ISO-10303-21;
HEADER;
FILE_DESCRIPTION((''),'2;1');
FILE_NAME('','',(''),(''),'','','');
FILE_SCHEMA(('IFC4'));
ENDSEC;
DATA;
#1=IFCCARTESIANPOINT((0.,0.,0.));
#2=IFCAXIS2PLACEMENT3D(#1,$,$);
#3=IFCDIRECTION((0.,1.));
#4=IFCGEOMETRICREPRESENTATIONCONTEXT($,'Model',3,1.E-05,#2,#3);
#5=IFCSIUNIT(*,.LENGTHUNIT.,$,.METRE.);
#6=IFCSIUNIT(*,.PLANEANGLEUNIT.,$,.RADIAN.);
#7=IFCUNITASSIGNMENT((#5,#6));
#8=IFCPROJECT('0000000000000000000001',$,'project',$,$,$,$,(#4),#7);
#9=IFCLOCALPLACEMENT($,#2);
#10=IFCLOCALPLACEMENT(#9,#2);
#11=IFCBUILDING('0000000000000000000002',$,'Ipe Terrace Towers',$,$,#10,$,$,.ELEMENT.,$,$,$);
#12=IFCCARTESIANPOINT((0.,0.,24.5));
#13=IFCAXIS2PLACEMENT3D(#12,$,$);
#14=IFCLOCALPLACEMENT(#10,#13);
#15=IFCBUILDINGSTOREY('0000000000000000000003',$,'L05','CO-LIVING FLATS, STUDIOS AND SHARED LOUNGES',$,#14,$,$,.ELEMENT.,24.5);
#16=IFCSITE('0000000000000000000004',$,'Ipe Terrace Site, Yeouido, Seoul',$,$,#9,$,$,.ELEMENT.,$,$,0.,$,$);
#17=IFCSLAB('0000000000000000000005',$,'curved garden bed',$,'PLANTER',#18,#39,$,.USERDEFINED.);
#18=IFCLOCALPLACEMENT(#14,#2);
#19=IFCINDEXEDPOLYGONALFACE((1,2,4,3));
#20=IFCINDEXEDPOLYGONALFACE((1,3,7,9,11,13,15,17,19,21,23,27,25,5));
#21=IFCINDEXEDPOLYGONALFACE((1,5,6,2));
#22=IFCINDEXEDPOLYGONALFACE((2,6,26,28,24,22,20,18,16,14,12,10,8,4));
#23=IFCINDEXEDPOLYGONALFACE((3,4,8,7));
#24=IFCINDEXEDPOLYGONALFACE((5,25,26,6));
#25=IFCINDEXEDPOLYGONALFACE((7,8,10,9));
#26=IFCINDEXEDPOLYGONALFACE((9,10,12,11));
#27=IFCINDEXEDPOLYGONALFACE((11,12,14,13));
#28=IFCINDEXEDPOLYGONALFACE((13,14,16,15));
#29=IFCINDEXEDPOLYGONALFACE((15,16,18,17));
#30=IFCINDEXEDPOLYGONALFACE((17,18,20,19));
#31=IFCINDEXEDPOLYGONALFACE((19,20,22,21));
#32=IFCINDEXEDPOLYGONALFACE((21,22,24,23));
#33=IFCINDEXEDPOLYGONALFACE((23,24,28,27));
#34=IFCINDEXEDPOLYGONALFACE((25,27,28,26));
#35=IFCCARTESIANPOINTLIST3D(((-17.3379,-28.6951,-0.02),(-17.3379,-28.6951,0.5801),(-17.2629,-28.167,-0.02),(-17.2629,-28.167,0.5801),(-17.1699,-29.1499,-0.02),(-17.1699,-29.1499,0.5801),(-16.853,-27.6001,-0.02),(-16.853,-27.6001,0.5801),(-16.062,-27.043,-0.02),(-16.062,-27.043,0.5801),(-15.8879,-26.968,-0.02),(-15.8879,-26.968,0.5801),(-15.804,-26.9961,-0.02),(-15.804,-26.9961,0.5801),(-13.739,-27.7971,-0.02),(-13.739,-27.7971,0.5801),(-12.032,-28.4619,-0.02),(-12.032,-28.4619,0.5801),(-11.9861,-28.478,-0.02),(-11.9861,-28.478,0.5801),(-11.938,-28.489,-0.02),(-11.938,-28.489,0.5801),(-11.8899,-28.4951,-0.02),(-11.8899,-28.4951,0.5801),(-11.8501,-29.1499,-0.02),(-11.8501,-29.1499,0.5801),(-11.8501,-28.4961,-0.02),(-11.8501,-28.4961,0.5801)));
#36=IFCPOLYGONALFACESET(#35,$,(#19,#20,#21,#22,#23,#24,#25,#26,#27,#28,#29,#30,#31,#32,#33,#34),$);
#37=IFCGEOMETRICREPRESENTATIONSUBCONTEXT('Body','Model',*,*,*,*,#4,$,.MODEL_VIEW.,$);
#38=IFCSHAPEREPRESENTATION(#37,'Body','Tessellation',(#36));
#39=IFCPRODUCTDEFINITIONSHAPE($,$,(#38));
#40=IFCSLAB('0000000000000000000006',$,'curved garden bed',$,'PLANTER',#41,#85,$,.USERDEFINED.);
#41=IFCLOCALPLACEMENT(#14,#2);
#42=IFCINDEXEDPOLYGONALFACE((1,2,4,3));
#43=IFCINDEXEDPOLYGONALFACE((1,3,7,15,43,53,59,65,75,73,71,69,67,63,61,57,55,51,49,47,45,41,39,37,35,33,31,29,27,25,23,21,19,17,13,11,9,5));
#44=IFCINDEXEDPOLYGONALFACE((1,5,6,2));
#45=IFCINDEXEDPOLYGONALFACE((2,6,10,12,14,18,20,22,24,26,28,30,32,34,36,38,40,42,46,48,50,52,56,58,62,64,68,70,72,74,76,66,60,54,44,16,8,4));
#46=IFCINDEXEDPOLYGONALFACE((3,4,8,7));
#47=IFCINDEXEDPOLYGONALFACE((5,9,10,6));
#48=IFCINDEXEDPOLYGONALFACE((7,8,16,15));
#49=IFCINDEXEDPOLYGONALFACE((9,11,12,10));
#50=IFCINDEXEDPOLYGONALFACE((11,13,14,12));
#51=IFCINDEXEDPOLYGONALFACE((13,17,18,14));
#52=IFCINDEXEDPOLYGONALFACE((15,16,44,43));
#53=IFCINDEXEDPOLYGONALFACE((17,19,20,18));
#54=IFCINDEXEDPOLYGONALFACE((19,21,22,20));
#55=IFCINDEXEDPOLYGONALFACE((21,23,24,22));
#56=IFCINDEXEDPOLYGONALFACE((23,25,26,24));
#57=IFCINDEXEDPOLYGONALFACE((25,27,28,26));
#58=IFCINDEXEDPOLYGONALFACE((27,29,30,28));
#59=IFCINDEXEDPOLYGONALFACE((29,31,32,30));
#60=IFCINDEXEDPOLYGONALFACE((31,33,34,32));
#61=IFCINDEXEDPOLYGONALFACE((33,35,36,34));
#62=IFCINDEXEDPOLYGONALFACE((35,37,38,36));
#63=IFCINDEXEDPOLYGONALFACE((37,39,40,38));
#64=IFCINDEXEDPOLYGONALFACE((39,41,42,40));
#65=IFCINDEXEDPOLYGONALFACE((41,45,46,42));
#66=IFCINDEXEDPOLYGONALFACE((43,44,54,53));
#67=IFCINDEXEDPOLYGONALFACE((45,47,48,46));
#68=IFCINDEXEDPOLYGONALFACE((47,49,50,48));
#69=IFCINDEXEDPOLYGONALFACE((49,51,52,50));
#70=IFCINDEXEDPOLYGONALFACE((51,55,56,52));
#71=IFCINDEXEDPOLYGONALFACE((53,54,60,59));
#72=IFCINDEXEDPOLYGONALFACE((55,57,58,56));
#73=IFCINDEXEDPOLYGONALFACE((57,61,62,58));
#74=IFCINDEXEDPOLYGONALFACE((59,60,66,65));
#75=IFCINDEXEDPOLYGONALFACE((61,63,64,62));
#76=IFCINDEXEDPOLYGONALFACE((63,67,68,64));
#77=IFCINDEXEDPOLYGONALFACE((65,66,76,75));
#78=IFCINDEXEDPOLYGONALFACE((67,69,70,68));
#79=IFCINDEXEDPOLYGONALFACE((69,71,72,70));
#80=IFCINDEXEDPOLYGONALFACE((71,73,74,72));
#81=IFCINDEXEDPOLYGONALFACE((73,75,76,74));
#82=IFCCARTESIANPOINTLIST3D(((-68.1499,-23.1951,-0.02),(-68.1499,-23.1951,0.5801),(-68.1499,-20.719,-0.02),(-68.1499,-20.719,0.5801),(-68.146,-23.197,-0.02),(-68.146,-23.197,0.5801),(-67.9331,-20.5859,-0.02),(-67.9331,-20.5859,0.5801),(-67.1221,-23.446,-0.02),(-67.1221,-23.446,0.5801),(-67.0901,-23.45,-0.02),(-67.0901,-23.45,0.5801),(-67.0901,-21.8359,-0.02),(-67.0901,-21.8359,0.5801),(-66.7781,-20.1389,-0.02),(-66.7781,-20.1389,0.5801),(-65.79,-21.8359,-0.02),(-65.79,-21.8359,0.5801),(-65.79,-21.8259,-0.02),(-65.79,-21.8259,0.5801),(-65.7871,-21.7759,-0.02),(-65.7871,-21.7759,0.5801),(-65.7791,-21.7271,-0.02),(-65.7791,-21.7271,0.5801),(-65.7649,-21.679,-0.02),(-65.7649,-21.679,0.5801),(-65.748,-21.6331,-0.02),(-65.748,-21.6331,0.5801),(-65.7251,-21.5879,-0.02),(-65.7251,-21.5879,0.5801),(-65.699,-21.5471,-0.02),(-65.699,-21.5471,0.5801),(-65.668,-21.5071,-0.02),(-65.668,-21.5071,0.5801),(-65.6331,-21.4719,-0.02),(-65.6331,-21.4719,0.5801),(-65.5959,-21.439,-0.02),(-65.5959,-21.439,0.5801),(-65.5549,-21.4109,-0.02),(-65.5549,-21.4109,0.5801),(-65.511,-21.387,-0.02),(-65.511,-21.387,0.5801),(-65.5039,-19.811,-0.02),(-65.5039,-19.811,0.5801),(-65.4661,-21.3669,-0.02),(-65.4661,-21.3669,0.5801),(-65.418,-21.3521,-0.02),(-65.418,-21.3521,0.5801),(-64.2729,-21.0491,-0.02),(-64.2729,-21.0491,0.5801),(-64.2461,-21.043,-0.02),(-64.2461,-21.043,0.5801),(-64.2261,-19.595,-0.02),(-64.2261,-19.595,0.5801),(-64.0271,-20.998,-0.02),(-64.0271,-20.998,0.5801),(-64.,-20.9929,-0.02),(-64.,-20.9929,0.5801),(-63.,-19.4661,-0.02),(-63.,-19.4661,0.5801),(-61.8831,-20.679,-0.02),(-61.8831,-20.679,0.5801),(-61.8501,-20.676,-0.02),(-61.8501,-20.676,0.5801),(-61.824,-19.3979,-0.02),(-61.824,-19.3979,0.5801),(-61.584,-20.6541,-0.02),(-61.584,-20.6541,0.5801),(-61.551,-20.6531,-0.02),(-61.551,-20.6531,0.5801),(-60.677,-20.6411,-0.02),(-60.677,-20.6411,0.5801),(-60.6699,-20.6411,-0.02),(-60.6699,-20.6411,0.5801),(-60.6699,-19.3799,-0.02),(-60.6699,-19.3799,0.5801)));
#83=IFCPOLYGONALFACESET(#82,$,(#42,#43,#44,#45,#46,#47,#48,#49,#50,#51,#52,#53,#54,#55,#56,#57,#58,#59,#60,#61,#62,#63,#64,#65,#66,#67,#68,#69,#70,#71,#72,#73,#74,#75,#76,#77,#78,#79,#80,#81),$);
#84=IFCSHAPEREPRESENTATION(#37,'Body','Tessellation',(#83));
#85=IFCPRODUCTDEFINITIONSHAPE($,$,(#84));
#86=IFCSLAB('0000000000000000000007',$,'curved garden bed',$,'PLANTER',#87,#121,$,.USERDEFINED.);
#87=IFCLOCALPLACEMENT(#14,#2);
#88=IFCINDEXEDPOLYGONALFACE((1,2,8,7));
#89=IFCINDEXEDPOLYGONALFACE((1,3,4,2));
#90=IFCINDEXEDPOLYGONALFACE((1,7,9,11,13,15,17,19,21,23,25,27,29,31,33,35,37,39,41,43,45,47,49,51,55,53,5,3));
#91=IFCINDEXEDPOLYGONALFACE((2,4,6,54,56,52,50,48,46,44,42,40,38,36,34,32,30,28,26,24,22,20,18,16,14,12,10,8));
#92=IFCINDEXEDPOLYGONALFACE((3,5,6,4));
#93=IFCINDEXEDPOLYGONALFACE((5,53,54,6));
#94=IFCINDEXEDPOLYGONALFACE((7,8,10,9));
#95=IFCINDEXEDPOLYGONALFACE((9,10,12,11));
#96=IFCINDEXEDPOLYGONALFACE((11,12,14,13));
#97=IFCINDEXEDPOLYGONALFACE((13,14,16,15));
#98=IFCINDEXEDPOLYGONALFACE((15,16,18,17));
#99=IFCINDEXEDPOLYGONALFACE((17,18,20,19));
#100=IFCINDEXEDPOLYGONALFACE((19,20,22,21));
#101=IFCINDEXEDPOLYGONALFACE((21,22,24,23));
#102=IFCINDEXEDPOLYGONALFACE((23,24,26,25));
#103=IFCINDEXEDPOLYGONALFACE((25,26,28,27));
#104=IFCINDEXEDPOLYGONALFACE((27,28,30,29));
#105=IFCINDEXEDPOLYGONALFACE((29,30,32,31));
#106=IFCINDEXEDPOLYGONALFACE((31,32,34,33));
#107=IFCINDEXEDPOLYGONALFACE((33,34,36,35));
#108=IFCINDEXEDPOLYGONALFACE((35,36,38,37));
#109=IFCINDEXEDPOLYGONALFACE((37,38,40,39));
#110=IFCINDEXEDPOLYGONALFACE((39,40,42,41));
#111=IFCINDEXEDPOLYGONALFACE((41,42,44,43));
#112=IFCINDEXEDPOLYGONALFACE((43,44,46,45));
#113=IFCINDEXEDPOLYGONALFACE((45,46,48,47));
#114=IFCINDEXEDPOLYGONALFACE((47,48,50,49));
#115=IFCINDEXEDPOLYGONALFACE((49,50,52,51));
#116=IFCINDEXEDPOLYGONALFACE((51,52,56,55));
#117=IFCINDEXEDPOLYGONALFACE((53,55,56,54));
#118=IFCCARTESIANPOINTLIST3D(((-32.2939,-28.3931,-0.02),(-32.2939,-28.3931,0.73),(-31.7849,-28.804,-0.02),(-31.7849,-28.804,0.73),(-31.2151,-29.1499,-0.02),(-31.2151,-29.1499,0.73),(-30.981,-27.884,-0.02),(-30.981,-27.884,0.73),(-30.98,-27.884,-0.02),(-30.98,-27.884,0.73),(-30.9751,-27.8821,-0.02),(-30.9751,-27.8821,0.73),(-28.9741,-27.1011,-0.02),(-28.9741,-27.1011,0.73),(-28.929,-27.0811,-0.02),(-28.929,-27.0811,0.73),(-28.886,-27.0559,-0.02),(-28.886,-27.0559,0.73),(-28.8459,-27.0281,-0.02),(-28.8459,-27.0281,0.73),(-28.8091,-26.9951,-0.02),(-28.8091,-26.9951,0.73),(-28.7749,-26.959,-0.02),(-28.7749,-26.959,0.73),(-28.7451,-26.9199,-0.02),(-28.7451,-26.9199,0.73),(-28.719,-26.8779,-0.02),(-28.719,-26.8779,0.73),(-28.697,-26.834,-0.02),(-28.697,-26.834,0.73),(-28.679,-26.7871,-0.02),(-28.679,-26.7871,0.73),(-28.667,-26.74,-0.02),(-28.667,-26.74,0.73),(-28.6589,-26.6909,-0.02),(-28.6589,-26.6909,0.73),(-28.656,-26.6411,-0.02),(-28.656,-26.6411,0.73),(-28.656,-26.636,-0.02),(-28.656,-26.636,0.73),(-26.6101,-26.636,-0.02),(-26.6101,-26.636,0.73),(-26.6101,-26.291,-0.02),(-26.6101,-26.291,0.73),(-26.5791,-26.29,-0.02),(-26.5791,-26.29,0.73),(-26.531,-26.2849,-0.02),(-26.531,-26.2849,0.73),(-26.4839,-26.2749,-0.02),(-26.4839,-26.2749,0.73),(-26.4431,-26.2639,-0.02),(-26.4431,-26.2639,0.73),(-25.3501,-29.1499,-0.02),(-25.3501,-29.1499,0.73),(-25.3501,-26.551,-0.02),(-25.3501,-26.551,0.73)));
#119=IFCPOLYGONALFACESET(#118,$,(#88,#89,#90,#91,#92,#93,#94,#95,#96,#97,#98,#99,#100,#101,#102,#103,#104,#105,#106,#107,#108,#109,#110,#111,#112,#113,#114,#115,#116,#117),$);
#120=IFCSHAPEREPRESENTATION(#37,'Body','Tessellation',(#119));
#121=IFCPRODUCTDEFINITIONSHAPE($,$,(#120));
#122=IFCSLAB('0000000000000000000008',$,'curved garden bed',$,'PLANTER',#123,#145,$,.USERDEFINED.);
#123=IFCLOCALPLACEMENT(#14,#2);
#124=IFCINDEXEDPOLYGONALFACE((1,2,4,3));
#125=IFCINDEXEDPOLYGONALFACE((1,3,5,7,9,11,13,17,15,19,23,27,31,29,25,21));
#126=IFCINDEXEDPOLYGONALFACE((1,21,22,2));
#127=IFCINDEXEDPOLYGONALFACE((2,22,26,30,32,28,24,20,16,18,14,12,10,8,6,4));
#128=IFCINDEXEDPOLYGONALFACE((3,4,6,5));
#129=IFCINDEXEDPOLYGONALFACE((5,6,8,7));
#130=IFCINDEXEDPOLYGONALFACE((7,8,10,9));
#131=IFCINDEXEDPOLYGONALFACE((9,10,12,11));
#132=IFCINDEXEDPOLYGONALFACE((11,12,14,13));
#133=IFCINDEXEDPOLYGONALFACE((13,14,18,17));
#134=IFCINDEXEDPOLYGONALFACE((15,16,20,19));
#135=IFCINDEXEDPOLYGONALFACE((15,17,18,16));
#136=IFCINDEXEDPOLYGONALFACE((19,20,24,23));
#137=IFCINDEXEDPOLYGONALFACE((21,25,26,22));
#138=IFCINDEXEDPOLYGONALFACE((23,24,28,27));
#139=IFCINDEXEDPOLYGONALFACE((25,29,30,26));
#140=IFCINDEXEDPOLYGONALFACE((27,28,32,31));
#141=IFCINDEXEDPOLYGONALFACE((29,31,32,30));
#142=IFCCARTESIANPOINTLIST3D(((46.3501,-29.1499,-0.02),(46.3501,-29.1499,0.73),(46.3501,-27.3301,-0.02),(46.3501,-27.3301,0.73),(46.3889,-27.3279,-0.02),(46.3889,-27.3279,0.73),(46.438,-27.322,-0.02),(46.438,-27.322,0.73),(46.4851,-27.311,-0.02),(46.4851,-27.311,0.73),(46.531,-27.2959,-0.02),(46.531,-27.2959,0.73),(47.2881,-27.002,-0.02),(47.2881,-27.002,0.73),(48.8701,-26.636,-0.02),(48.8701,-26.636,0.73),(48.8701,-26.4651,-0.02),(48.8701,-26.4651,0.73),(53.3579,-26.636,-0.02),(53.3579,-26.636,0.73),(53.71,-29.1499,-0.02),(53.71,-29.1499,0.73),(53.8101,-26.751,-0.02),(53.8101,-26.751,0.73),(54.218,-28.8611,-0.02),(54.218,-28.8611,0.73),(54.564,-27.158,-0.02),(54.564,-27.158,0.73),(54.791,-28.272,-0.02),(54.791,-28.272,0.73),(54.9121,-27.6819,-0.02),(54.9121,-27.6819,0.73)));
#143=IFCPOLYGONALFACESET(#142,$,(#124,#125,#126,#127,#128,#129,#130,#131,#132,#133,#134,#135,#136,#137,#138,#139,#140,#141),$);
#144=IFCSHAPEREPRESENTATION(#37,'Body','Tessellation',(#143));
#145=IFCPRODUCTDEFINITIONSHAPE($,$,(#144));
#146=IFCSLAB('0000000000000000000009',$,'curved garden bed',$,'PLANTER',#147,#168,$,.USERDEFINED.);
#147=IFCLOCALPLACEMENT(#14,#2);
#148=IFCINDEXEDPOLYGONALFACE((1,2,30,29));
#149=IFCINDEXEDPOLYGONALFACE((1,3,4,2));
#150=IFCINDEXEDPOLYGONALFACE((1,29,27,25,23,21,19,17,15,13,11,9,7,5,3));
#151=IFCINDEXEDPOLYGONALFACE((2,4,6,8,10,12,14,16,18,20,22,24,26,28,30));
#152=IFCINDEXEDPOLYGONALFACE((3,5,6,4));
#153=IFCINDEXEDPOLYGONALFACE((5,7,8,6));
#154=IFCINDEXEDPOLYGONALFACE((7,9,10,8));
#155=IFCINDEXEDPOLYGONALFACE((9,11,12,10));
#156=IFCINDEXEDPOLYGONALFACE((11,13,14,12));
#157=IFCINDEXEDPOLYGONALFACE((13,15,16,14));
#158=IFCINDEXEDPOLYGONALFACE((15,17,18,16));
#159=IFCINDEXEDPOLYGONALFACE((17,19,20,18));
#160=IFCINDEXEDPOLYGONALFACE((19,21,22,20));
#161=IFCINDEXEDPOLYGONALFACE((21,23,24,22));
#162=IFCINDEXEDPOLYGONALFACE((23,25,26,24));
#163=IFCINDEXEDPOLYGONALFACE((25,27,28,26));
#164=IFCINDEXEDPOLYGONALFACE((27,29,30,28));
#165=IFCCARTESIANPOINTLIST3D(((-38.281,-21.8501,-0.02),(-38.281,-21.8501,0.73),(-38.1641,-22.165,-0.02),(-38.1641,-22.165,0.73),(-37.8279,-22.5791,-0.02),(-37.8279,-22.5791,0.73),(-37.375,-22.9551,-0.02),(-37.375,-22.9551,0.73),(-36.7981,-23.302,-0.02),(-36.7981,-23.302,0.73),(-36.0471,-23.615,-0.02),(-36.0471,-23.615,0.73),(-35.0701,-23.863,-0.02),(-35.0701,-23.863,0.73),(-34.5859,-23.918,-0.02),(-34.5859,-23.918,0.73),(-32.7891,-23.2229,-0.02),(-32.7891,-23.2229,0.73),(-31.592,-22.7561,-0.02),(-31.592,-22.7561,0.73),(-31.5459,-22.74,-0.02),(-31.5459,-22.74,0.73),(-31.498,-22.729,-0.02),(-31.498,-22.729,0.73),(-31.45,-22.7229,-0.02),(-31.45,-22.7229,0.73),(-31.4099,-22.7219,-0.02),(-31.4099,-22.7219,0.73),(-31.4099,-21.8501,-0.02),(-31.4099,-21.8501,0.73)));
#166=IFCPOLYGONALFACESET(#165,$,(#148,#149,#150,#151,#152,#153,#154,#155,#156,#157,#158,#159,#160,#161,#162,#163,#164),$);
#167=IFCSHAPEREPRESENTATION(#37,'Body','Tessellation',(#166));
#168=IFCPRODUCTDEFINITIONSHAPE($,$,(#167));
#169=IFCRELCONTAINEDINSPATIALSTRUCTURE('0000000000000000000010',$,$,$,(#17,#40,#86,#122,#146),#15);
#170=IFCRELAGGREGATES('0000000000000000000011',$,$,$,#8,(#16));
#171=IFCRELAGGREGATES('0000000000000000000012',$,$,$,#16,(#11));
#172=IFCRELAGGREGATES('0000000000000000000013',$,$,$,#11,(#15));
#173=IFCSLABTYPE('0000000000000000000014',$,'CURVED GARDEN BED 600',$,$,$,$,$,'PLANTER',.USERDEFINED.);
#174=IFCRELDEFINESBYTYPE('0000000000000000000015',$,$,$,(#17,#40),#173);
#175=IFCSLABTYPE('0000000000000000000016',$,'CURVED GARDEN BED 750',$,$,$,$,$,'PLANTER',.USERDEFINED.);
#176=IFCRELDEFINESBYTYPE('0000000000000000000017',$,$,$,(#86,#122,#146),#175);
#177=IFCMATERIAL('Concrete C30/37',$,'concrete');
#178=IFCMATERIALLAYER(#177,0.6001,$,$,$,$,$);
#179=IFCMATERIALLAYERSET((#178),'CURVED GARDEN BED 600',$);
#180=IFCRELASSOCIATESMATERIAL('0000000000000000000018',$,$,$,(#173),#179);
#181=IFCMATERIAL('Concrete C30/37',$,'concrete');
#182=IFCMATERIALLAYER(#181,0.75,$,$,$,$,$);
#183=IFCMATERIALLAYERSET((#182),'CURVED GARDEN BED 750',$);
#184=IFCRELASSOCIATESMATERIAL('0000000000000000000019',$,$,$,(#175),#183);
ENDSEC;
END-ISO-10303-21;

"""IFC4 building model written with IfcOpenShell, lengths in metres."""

from ifc_helpers import new_model, si_unit, direction, frame, origin, place, context, subcontext, project, spatial, polyline, outline, extrude, material, layer, layer_set, type_object, element, save


model = new_model("IFC4")

# Units and contexts
model_context = context("Model", 3, precision=1e-05, world=origin(), true_north=direction((0.0, 1.0)))
body_context = subcontext(model_context, "Body", "Model", "MODEL_VIEW")
ifc_project = project(units=[si_unit("LENGTHUNIT", "METRE"), si_unit("PLANEANGLEUNIT", "RADIAN")], contexts=[model_context])

# Site, building, storey
site_placement = place(None, origin())
site = spatial("IfcSite", under=ifc_project, at=site_placement, Name="Ipe Terrace Site, Yeouido, Seoul", CompositionType="ELEMENT", RefElevation=0.0)
building_placement = place(site_placement, origin())
building = spatial("IfcBuilding", under=site, at=building_placement, Name="Ipe Terrace Towers", CompositionType="ELEMENT")
storey_placement = place(building_placement, frame((0.0, 0.0, 24.5)))
storey = spatial("IfcBuildingStorey", under=building, at=storey_placement, Name="L05", Description="CO-LIVING FLATS, STUDIOS AND SHARED LOUNGES", CompositionType="ELEMENT", Elevation=24.5)

# Slabs
ifc_material_1 = material(Name="Concrete C30/37", Category="concrete")
ifc_layer_1 = layer(ifc_material_1, 0.6001)
ifc_layer_set_1 = layer_set([ifc_layer_1], Name="CURVED GARDEN BED 600")
slab_type_1 = type_object("IfcSlabType", Name="CURVED GARDEN BED 600", ElementType="PLANTER", PredefinedType="USERDEFINED", material=ifc_layer_set_1)
slab_1_placement = place(storey_placement, frame((0.0, 0.0, -0.02)))
element("IfcSlab", 1, at=slab_1_placement, inside=storey, type_object=slab_type_1, Name="curved garden bed", ObjectType="PLANTER", PredefinedType="USERDEFINED", context=body_context, shape_type="SweptSolid", body=[
    extrude(outline(polyline([(-16.853, -27.6001), (-16.062, -27.043), (-15.8879, -26.968), (-15.804, -26.9961), (-13.739, -27.7971), (-12.032, -28.4619), (-11.9861, -28.478), (-11.938, -28.489), (-11.8899, -28.4951), (-11.8501, -28.4961), (-11.8501, -29.1499), (-17.1699, -29.1499), (-17.3379, -28.6951), (-17.2629, -28.167), (-16.853, -27.6001)])), origin(), (0.0, 0.0, 1.0), 0.6001),
])
slab_2_placement = place(storey_placement, frame((0.0, 0.0, -0.02)))
element("IfcSlab", 2, at=slab_2_placement, inside=storey, type_object=slab_type_1, Name="curved garden bed", ObjectType="PLANTER", PredefinedType="USERDEFINED", context=body_context, shape_type="SweptSolid", body=[
    extrude(outline(polyline([(-65.5039, -19.811), (-64.2261, -19.595), (-63.0, -19.4661), (-61.824, -19.3979), (-60.6699, -19.3799), (-60.6699, -20.6411), (-60.677, -20.6411), (-61.551, -20.6531), (-61.584, -20.6541), (-61.8501, -20.676), (-61.8831, -20.679), (-64.0, -20.9929), (-64.0271, -20.998), (-64.2461, -21.043), (-64.2729, -21.0491), (-65.418, -21.3521), (-65.4661, -21.3669), (-65.511, -21.387), (-65.5549, -21.4109), (-65.5959, -21.439), (-65.6331, -21.4719), (-65.668, -21.5071), (-65.699, -21.5471), (-65.7251, -21.5879), (-65.748, -21.6331), (-65.7649, -21.679), (-65.7791, -21.7271), (-65.7871, -21.7759), (-65.79, -21.8259), (-65.79, -21.8359), (-67.0901, -21.8359), (-67.0901, -23.45), (-67.1221, -23.446), (-68.146, -23.197), (-68.1499, -23.1951), (-68.1499, -20.719), (-67.9331, -20.5859), (-66.7781, -20.1389), (-65.5039, -19.811)])), origin(), (0.0, 0.0, 1.0), 0.6001),
])
ifc_material_2 = material(Name="Concrete C30/37", Category="concrete")
ifc_layer_2 = layer(ifc_material_2, 0.75)
ifc_layer_set_2 = layer_set([ifc_layer_2], Name="CURVED GARDEN BED 750")
slab_type_2 = type_object("IfcSlabType", Name="CURVED GARDEN BED 750", ElementType="PLANTER", PredefinedType="USERDEFINED", material=ifc_layer_set_2)
slab_3_placement = place(storey_placement, frame((0.0, 0.0, -0.02)))
element("IfcSlab", 3, at=slab_3_placement, inside=storey, type_object=slab_type_2, Name="curved garden bed", ObjectType="PLANTER", PredefinedType="USERDEFINED", context=body_context, shape_type="SweptSolid", body=[
    extrude(outline(polyline([(-25.3501, -29.1499), (-31.2151, -29.1499), (-31.7849, -28.804), (-32.2939, -28.3931), (-30.981, -27.884), (-30.98, -27.884), (-30.9751, -27.8821), (-30.9751, -27.8821), (-28.9741, -27.1011), (-28.929, -27.0811), (-28.886, -27.0559), (-28.8459, -27.0281), (-28.8091, -26.9951), (-28.7749, -26.959), (-28.7451, -26.9199), (-28.719, -26.8779), (-28.697, -26.834), (-28.679, -26.7871), (-28.667, -26.74), (-28.6589, -26.6909), (-28.656, -26.6411), (-28.656, -26.636), (-26.6101, -26.636), (-26.6101, -26.291), (-26.5791, -26.29), (-26.531, -26.2849), (-26.4839, -26.2749), (-26.4431, -26.2639), (-25.3501, -26.551), (-25.3501, -29.1499)])), origin(), (0.0, 0.0, 1.0), 0.75),
])
slab_4_placement = place(storey_placement, frame((0.0, 0.0, -0.02)))
element("IfcSlab", 4, at=slab_4_placement, inside=storey, type_object=slab_type_2, Name="curved garden bed", ObjectType="PLANTER", PredefinedType="USERDEFINED", context=body_context, shape_type="SweptSolid", body=[
    extrude(outline(polyline([(54.9121, -27.6819), (54.791, -28.272), (54.218, -28.8611), (53.71, -29.1499), (46.3501, -29.1499), (46.3501, -27.3301), (46.3889, -27.3279), (46.438, -27.322), (46.4851, -27.311), (46.531, -27.2959), (47.2881, -27.002), (48.8701, -26.4651), (48.8701, -26.636), (53.3579, -26.636), (53.8101, -26.751), (54.564, -27.158), (54.9121, -27.6819)])), origin(), (0.0, 0.0, 1.0), 0.75),
])
slab_5_placement = place(storey_placement, frame((0.0, 0.0, -0.02)))
element("IfcSlab", 5, at=slab_5_placement, inside=storey, type_object=slab_type_2, Name="curved garden bed", ObjectType="PLANTER", PredefinedType="USERDEFINED", context=body_context, shape_type="SweptSolid", body=[
    extrude(outline(polyline([(-36.0471, -23.615), (-36.7981, -23.302), (-37.375, -22.9551), (-37.8279, -22.5791), (-38.1641, -22.165), (-38.281, -21.8501), (-31.4099, -21.8501), (-31.4099, -22.7219), (-31.45, -22.7229), (-31.498, -22.729), (-31.5459, -22.74), (-31.592, -22.7561), (-32.7891, -23.2229), (-34.5859, -23.918), (-35.0701, -23.863), (-36.0471, -23.615)])), origin(), (0.0, 0.0, 1.0), 0.75),
])

save(model, "model.ifc")
